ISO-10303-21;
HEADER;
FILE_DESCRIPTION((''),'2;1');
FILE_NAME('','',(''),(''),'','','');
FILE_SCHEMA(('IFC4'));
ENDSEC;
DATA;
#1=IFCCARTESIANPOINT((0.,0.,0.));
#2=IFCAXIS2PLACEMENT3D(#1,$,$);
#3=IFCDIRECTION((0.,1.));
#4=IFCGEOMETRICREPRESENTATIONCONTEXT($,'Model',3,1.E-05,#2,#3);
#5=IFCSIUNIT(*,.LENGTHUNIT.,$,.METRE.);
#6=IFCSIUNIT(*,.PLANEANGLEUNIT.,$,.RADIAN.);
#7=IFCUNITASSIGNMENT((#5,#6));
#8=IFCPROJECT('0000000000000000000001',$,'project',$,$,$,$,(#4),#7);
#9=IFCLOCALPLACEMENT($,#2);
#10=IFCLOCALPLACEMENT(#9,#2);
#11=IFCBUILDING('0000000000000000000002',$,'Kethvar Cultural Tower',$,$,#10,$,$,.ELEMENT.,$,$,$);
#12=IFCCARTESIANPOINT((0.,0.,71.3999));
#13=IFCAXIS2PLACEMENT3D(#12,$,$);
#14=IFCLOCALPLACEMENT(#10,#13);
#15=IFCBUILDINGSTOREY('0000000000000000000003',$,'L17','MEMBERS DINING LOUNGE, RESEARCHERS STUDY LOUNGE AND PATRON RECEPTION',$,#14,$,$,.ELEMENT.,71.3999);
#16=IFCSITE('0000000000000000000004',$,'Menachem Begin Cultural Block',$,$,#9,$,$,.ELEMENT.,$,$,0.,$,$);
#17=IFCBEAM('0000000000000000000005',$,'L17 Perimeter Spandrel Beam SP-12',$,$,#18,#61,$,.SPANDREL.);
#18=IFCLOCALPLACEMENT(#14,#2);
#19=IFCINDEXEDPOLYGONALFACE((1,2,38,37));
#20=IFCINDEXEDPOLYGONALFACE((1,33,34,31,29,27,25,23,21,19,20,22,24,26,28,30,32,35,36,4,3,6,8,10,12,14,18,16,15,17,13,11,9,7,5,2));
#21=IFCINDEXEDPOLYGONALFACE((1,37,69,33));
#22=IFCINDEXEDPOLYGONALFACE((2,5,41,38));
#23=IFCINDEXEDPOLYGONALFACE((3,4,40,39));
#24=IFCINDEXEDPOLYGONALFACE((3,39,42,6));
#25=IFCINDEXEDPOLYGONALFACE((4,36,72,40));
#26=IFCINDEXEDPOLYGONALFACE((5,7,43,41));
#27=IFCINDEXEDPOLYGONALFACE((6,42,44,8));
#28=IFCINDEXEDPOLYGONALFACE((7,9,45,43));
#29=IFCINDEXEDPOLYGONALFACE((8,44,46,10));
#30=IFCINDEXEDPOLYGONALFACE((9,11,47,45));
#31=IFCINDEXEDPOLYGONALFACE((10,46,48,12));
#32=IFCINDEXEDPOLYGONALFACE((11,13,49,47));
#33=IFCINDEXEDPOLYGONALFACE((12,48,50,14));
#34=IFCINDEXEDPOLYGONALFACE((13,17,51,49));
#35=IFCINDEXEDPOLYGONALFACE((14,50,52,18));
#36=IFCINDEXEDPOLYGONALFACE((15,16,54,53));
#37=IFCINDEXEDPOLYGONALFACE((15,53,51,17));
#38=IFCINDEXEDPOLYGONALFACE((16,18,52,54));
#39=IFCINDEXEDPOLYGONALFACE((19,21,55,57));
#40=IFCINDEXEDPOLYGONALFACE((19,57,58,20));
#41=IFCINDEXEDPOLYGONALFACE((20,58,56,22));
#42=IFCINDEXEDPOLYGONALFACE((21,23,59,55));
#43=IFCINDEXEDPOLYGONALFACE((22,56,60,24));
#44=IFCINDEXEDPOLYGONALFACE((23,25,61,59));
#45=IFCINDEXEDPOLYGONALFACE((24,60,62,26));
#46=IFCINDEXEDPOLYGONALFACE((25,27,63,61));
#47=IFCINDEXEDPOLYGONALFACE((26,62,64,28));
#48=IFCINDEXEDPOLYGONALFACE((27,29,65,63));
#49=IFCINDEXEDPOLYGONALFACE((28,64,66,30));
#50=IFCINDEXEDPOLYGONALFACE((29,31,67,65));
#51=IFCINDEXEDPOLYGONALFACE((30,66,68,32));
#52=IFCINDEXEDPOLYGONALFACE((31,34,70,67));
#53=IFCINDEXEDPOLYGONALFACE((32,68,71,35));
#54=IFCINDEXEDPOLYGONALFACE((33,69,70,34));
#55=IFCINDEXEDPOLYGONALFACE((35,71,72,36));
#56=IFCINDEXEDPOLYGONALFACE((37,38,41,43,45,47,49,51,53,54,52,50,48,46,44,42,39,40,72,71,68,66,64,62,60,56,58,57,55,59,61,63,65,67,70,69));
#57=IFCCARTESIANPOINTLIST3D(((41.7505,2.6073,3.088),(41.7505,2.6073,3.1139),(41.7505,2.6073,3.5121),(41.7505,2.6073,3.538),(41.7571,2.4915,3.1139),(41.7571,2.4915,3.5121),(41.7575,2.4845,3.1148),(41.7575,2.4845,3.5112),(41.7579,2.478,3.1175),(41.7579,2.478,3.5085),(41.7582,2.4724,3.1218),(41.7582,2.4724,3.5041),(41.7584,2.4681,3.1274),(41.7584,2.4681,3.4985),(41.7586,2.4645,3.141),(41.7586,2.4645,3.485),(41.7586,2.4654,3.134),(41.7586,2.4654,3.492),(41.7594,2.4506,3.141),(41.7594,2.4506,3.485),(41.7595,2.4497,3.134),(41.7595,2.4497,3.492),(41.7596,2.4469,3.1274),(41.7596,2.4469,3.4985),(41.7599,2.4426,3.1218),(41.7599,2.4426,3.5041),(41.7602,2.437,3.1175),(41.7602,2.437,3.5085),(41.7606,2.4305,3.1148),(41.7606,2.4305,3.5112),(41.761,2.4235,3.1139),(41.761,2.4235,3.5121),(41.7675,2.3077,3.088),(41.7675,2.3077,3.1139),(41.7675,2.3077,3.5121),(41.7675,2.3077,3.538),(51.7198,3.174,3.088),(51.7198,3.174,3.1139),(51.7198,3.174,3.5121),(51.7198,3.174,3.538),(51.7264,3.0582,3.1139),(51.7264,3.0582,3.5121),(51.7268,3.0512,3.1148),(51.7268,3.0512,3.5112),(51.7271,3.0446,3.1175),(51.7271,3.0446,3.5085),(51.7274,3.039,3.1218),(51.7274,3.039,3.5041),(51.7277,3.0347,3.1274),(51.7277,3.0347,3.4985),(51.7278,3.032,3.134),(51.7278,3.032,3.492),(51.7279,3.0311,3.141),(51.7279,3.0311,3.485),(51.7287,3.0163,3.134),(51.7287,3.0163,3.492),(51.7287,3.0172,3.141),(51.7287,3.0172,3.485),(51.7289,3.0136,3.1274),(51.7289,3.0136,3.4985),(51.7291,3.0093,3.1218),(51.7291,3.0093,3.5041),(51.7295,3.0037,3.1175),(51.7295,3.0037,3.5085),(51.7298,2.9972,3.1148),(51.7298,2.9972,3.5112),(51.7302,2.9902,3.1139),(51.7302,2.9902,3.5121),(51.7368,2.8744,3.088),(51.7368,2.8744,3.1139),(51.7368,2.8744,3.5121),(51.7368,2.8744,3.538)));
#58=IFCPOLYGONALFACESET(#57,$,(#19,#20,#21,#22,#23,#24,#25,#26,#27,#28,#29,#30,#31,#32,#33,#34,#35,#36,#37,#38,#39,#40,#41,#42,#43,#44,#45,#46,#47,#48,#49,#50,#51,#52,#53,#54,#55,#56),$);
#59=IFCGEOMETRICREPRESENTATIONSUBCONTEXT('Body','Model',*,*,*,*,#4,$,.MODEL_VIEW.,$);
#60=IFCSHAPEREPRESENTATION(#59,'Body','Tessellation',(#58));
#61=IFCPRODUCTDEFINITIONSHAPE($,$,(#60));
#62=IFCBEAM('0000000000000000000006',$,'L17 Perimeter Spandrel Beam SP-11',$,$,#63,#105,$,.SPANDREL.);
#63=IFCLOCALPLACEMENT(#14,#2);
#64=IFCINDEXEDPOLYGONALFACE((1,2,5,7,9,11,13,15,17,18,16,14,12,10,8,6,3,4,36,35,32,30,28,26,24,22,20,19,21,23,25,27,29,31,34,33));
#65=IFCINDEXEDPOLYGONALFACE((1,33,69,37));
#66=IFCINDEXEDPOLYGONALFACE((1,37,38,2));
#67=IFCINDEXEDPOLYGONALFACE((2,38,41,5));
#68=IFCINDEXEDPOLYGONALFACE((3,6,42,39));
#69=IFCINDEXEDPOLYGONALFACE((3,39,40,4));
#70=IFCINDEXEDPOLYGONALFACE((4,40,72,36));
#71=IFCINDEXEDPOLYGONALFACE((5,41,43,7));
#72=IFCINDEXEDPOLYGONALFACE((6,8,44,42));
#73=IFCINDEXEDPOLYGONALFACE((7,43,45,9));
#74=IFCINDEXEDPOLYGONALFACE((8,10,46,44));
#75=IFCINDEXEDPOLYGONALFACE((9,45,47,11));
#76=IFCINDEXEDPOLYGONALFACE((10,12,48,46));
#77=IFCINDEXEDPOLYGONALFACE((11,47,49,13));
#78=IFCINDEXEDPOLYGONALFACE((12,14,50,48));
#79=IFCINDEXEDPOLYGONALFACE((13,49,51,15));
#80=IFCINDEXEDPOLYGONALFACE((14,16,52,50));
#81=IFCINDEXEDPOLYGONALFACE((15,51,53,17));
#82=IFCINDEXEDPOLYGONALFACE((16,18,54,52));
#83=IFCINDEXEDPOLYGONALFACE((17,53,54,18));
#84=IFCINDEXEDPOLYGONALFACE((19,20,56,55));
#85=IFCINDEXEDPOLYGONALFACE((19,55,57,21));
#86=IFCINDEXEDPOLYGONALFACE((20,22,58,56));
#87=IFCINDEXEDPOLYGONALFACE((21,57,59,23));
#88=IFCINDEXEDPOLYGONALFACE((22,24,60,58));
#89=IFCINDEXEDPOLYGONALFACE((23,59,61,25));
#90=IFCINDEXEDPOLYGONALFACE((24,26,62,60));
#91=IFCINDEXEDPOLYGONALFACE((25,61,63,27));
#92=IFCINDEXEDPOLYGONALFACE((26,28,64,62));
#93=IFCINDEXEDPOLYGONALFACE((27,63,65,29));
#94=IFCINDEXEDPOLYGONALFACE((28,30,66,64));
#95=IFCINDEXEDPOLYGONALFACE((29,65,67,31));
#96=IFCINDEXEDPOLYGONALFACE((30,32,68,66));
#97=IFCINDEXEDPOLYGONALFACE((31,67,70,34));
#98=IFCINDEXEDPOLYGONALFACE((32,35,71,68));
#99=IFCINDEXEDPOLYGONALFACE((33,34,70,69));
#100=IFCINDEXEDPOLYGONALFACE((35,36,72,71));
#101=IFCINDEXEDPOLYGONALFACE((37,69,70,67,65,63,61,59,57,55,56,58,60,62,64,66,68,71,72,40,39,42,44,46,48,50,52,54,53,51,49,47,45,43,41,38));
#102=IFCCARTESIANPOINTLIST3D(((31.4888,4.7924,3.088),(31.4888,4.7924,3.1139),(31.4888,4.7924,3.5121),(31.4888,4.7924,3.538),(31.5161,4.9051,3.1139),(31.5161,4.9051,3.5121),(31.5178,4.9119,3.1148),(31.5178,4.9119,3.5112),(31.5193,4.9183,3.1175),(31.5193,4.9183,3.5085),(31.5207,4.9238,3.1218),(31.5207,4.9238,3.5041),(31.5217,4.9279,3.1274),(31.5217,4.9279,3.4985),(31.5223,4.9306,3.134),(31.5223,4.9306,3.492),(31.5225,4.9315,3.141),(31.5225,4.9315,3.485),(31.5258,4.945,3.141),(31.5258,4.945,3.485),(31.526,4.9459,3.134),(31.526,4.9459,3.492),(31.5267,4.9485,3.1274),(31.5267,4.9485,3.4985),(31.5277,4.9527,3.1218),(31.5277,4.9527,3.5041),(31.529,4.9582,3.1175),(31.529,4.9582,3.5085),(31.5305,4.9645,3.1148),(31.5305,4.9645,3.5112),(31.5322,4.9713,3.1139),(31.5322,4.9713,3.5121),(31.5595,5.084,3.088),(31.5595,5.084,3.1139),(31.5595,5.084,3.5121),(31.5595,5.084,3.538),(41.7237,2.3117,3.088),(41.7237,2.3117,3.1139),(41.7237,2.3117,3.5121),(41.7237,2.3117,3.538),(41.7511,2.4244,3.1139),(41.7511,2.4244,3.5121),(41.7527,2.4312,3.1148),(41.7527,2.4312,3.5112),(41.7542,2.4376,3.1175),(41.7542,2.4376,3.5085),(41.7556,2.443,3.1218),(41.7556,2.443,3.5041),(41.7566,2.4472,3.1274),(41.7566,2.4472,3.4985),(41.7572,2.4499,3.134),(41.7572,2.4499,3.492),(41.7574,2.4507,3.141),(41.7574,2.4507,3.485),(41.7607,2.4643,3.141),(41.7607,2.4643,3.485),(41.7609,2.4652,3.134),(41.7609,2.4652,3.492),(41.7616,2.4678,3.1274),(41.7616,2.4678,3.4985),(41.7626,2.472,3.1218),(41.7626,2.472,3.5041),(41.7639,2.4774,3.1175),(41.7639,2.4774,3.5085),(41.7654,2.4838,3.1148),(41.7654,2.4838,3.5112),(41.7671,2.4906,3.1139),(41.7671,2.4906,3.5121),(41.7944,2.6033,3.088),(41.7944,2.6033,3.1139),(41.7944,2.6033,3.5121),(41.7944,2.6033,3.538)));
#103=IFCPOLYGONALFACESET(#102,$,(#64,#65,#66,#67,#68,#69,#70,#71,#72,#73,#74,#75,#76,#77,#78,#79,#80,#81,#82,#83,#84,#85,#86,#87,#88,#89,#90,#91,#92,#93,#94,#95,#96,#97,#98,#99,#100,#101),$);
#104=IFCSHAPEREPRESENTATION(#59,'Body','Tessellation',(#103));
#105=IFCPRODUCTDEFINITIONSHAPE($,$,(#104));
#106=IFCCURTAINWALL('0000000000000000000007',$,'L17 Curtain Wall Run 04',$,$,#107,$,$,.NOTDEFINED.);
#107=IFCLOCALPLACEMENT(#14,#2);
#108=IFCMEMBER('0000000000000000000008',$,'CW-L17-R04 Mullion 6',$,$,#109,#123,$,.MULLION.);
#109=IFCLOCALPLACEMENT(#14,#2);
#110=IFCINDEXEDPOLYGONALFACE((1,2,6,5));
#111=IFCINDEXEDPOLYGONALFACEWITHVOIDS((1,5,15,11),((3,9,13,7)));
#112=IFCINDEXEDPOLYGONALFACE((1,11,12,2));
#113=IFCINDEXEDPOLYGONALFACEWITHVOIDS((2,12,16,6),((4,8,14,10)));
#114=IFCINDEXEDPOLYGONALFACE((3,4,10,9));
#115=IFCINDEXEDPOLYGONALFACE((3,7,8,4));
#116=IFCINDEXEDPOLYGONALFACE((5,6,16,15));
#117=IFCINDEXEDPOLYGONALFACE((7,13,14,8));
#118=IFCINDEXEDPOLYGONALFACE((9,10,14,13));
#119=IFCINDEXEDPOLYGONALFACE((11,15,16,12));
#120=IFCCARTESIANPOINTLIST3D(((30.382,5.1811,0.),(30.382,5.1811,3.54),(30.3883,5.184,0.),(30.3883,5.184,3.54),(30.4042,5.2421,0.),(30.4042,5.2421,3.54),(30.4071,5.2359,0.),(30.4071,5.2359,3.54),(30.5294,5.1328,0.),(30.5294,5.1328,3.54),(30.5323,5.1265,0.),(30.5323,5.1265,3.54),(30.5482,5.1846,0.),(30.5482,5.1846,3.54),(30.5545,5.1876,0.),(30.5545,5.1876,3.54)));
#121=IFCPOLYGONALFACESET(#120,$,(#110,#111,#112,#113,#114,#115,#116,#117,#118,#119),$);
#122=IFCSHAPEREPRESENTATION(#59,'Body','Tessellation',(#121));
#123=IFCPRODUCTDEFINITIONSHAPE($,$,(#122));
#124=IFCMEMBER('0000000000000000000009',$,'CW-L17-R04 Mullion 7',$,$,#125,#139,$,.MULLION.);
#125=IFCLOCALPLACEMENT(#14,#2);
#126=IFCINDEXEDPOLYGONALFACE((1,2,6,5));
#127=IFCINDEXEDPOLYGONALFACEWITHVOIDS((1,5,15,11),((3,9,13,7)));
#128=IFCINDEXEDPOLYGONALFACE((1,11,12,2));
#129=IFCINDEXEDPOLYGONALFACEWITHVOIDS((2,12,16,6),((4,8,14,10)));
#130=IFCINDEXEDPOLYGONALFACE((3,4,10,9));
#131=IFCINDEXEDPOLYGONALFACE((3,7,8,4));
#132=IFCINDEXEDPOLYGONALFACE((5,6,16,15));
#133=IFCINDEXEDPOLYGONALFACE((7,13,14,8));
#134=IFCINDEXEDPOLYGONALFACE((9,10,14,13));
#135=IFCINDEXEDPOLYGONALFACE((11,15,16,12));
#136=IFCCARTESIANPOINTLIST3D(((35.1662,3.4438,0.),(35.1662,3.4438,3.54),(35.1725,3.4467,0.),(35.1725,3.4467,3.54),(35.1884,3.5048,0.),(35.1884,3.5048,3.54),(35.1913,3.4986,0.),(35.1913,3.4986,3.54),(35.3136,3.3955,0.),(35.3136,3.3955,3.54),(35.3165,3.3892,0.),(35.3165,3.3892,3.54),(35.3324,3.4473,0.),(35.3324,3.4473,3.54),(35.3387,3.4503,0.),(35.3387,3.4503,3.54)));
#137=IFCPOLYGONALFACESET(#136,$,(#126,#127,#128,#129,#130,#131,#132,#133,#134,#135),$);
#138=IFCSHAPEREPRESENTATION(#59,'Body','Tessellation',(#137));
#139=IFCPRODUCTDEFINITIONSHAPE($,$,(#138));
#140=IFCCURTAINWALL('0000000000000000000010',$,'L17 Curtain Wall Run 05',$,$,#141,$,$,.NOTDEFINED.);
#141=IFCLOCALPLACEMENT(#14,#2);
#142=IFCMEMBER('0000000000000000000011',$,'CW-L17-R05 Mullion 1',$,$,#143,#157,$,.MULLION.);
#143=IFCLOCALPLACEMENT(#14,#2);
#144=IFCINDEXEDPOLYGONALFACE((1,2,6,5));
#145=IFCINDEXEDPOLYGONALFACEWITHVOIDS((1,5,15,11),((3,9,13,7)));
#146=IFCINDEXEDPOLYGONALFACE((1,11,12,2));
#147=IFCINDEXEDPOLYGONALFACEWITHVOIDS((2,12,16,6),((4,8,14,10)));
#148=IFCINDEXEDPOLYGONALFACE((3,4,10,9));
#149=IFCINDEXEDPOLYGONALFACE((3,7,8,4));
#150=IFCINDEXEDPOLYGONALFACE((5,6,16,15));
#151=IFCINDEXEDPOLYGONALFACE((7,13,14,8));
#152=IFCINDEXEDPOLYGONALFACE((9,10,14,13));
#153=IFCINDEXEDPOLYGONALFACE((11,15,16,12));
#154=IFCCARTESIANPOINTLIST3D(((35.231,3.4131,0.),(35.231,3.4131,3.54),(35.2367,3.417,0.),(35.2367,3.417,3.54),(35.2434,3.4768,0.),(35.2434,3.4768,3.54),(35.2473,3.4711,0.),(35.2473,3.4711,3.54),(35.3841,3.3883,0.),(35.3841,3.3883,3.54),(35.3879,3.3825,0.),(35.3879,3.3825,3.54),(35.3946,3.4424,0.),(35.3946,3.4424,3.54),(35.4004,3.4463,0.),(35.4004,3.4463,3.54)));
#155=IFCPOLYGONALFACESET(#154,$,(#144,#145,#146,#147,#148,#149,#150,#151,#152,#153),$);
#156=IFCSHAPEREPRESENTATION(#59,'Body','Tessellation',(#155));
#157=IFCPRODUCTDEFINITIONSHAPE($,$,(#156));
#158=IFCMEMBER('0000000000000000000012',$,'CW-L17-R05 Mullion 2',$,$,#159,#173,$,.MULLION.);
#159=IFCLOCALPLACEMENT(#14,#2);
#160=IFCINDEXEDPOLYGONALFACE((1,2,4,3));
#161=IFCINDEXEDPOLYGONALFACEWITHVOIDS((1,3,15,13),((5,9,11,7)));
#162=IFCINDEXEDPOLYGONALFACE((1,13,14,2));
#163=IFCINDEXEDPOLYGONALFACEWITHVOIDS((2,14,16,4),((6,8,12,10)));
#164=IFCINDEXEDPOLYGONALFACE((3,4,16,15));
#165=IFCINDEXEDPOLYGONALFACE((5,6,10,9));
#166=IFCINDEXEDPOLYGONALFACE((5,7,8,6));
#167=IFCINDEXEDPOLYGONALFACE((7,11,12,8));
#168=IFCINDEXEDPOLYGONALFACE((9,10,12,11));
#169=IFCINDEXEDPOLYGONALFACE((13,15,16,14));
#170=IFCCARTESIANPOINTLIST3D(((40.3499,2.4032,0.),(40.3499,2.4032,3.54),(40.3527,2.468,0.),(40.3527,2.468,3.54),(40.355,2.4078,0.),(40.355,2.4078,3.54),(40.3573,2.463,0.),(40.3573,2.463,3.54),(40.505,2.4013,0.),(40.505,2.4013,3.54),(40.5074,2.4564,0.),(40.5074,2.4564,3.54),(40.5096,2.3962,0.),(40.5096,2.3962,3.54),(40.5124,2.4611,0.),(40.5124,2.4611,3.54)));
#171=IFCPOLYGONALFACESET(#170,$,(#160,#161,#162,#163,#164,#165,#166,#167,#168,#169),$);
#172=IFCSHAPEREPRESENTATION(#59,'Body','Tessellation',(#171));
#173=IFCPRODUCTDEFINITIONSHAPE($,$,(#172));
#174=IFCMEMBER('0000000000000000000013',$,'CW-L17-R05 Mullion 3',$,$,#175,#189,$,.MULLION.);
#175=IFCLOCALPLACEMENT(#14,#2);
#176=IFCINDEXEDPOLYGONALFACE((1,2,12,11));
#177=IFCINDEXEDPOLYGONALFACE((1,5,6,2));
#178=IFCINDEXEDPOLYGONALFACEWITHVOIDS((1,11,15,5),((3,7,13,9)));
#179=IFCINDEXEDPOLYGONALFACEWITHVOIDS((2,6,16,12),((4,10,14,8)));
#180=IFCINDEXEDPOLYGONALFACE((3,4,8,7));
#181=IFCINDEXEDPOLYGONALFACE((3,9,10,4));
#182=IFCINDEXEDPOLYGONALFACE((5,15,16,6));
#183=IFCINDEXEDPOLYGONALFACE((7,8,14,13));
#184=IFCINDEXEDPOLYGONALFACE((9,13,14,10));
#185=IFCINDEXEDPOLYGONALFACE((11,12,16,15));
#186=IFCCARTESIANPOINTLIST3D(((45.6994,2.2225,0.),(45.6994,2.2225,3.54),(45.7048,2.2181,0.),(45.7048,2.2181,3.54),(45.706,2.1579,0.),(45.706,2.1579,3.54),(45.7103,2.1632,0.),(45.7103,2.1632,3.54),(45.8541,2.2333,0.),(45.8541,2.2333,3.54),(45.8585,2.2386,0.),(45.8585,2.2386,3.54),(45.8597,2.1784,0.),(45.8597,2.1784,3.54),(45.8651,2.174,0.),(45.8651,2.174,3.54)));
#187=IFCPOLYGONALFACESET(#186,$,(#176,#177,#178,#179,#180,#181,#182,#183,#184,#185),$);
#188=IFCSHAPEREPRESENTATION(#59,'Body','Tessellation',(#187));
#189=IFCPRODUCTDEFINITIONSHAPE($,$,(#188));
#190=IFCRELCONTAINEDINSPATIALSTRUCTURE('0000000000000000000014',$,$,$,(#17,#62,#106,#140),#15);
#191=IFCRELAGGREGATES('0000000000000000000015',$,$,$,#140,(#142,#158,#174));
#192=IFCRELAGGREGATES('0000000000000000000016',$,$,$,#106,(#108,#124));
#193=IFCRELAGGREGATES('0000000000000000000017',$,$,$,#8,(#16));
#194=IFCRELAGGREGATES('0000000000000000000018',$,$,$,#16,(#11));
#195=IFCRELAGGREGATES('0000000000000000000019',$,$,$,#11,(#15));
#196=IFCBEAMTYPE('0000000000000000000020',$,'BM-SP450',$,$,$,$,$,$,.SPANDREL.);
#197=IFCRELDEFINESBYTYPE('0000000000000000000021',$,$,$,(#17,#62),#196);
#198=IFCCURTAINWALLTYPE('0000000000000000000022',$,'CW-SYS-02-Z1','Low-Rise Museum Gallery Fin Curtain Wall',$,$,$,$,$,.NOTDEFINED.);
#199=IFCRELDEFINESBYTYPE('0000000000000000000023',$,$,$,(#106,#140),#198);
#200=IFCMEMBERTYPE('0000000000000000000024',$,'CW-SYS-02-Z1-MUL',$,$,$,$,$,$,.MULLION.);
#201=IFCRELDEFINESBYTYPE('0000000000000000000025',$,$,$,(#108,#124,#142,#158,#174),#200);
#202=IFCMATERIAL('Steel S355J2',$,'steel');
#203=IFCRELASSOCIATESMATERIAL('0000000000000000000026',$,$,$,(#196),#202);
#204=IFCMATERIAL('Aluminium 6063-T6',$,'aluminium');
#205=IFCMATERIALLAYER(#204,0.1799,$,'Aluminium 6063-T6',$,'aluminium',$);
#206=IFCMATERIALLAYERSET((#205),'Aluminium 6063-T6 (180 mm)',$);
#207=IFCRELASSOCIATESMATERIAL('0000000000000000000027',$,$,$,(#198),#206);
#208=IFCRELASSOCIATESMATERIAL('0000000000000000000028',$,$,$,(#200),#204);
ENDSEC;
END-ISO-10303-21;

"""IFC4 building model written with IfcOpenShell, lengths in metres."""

from ifc_helpers import new_model, si_unit, direction, frame, origin, origin_2d, place, context, subcontext, project, spatial, hollow_rectangle, i_section, extrude, source, transform, mapped, material, layer, layer_set, material_profile, profile_set, type_object, element, aggregate, save


model = new_model("IFC4")

# Units and contexts
model_context = context("Model", 3, precision=1e-05, world=origin(), true_north=direction((0.0, 1.0)))
body_context = subcontext(model_context, "Body", "Model", "MODEL_VIEW")
ifc_project = project(units=[si_unit("LENGTHUNIT", "METRE"), si_unit("PLANEANGLEUNIT", "RADIAN")], contexts=[model_context])

# Site, building, storey
site_placement = place(None, origin())
site = spatial("IfcSite", under=ifc_project, at=site_placement, Name="Menachem Begin Cultural Block", CompositionType="ELEMENT", RefElevation=0.0)
building_placement = place(site_placement, origin())
building = spatial("IfcBuilding", under=site, at=building_placement, Name="Kethvar Cultural Tower", CompositionType="ELEMENT")
storey_placement = place(building_placement, frame((0.0, 0.0, 71.3999)))
storey = spatial("IfcBuildingStorey", under=building, at=storey_placement, Name="L17", Description="MEMBERS DINING LOUNGE, RESEARCHERS STUDY LOUNGE AND PATRON RECEPTION", CompositionType="ELEMENT", Elevation=71.3999)

# Beams
ifc_material_1 = material(Name="Steel S355J2", Category="steel")
ifc_material_profile_1 = material_profile(ifc_material_1, i_section(OverallWidth=0.3, OverallDepth=0.45, WebThickness=0.0139, FlangeThickness=0.0259, FilletRadius=0.0271, at=origin_2d()), Name="Steel S355J2 — HEB450")
ifc_profile_set_1 = profile_set([ifc_material_profile_1], Name="Steel S355J2 — HEB450")
beam_type_1 = type_object("IfcBeamType", Name="BM-SP450", PredefinedType="SPANDREL", material=ifc_profile_set_1)
shared_shape_1 = source(origin(), body_context, "Body", "SweptSolid", [
    extrude(i_section(OverallWidth=0.3, OverallDepth=0.45, WebThickness=0.0139, FlangeThickness=0.0259, FilletRadius=0.0271, at=origin_2d()), origin(), (0.0, 0.0, 1.0), 9.9854),
])
beam_1_placement = place(storey_placement, frame((41.759, 2.4575, 3.313), z_axis=(0.998389, 0.056748, 0.0), x_axis=(-0.056748, 0.998389, 0.0)))
element("IfcBeam", 1, at=beam_1_placement, inside=storey, type_object=beam_type_1, Name="L17 Perimeter Spandrel Beam SP-12", PredefinedType="SPANDREL", context=body_context, shape_type="MappedRepresentation", body=[
    mapped(shared_shape_1, transform((0.0, 0.0, 0.0), scale=1.0)),
])
shared_shape_2 = source(origin(), body_context, "Body", "SweptSolid", [
    extrude(i_section(OverallWidth=0.3, OverallDepth=0.45, WebThickness=0.0139, FlangeThickness=0.0259, FilletRadius=0.0271, at=origin_2d()), origin(), (0.0, 0.0, 1.0), 10.5312),
])
beam_2_placement = place(storey_placement, frame((31.5242, 4.9382, 3.313), z_axis=(0.97186, -0.235558, 0.0), x_axis=(0.235558, 0.97186, 0.0)))
element("IfcBeam", 2, at=beam_2_placement, inside=storey, type_object=beam_type_1, Name="L17 Perimeter Spandrel Beam SP-11", PredefinedType="SPANDREL", context=body_context, shape_type="MappedRepresentation", body=[
    mapped(shared_shape_2, transform((0.0, 0.0, 0.0), scale=1.0)),
])

# Curtain walls, members
ifc_material_2 = material(Name="Aluminium 6063-T6", Category="aluminium")
ifc_layer_1 = layer(ifc_material_2, 0.1799, Name="Aluminium 6063-T6", Category="aluminium")
ifc_layer_set_1 = layer_set([ifc_layer_1], Name="Aluminium 6063-T6 (180 mm)")
curtain_wall_type = type_object("IfcCurtainWallType", Name="CW-SYS-02-Z1", Description="Low-Rise Museum Gallery Fin Curtain Wall", PredefinedType="NOTDEFINED", material=ifc_layer_set_1)
curtain_wall_1_placement = place(storey_placement, origin())
curtain_wall_1 = element("IfcCurtainWall", 3, at=curtain_wall_1_placement, inside=storey, type_object=curtain_wall_type, Name="L17 Curtain Wall Run 04", PredefinedType="NOTDEFINED")
ifc_material_profile_2 = material_profile(ifc_material_2, hollow_rectangle(XDim=0.0649, YDim=0.1599, WallThickness=0.0049, at=origin_2d()), Name="Aluminium 6063-T6 — RHS160x65x5")
ifc_profile_set_2 = profile_set([ifc_material_profile_2], Name="Aluminium 6063-T6 — RHS160x65x5")
member_type_1 = type_object("IfcMemberType", Name="CW-SYS-02-Z1-MUL", PredefinedType="MULLION", material=ifc_profile_set_2)
shared_shape_3 = source(origin(), body_context, "Body", "SweptSolid", [
    extrude(hollow_rectangle(XDim=0.0649, YDim=0.1599, WallThickness=0.0049, at=origin_2d()), origin(), (0.0, 0.0, 1.0), 3.54),
])
member_1_placement = place(storey_placement, frame((30.4683, 5.1843, 0.0), z_axis=(0.0, 0.0, 1.0), x_axis=(0.341298, 0.939955, 0.0)))
member_1 = element("IfcMember", 4, at=member_1_placement, type_object=member_type_1, Name="CW-L17-R04 Mullion 6", PredefinedType="MULLION", context=body_context, shape_type="MappedRepresentation", body=[
    mapped(shared_shape_3, transform((0.0, 0.0, 0.0), scale=1.0)),
])
member_2_placement = place(storey_placement, frame((35.2524, 3.447, 0.0), z_axis=(0.0, 0.0, 1.0), x_axis=(0.341298, 0.939955, 0.0)))
member_2 = element("IfcMember", 5, at=member_2_placement, type_object=member_type_1, Name="CW-L17-R04 Mullion 7", PredefinedType="MULLION", context=body_context, shape_type="MappedRepresentation", body=[
    mapped(shared_shape_3, transform((0.0, 0.0, 0.0), scale=1.0)),
])
curtain_wall_2_placement = place(storey_placement, origin())
curtain_wall_2 = element("IfcCurtainWall", 6, at=curtain_wall_2_placement, inside=storey, type_object=curtain_wall_type, Name="L17 Curtain Wall Run 05", PredefinedType="NOTDEFINED")
member_3_placement = place(storey_placement, frame((35.3157, 3.4297, 0.0), z_axis=(0.0, 0.0, 1.0), x_axis=(0.191135, 0.981564, 0.0)))
member_3 = element("IfcMember", 7, at=member_3_placement, type_object=member_type_1, Name="CW-L17-R05 Mullion 1", PredefinedType="MULLION", context=body_context, shape_type="MappedRepresentation", body=[
    mapped(shared_shape_3, transform((0.0, 0.0, 0.0), scale=1.0)),
])
member_4_placement = place(storey_placement, frame((40.4312, 2.4321, 0.0), z_axis=(0.0, 0.0, 1.0), x_axis=(0.043428, 0.999057, 0.0)))
member_4 = element("IfcMember", 8, at=member_4_placement, type_object=member_type_1, Name="CW-L17-R05 Mullion 2", PredefinedType="MULLION", context=body_context, shape_type="MappedRepresentation", body=[
    mapped(shared_shape_3, transform((0.0, 0.0, 0.0), scale=1.0)),
])
member_5_placement = place(storey_placement, frame((45.7822, 2.1982, 0.0), z_axis=(0.0, 0.0, 1.0), x_axis=(-0.101022, 0.994884, 0.0)))
member_5 = element("IfcMember", 9, at=member_5_placement, type_object=member_type_1, Name="CW-L17-R05 Mullion 3", PredefinedType="MULLION", context=body_context, shape_type="MappedRepresentation", body=[
    mapped(shared_shape_3, transform((0.0, 0.0, 0.0), scale=1.0)),
])

aggregate(curtain_wall_2, [member_3, member_4, member_5])
aggregate(curtain_wall_1, [member_1, member_2])

save(model, "model.ifc")
